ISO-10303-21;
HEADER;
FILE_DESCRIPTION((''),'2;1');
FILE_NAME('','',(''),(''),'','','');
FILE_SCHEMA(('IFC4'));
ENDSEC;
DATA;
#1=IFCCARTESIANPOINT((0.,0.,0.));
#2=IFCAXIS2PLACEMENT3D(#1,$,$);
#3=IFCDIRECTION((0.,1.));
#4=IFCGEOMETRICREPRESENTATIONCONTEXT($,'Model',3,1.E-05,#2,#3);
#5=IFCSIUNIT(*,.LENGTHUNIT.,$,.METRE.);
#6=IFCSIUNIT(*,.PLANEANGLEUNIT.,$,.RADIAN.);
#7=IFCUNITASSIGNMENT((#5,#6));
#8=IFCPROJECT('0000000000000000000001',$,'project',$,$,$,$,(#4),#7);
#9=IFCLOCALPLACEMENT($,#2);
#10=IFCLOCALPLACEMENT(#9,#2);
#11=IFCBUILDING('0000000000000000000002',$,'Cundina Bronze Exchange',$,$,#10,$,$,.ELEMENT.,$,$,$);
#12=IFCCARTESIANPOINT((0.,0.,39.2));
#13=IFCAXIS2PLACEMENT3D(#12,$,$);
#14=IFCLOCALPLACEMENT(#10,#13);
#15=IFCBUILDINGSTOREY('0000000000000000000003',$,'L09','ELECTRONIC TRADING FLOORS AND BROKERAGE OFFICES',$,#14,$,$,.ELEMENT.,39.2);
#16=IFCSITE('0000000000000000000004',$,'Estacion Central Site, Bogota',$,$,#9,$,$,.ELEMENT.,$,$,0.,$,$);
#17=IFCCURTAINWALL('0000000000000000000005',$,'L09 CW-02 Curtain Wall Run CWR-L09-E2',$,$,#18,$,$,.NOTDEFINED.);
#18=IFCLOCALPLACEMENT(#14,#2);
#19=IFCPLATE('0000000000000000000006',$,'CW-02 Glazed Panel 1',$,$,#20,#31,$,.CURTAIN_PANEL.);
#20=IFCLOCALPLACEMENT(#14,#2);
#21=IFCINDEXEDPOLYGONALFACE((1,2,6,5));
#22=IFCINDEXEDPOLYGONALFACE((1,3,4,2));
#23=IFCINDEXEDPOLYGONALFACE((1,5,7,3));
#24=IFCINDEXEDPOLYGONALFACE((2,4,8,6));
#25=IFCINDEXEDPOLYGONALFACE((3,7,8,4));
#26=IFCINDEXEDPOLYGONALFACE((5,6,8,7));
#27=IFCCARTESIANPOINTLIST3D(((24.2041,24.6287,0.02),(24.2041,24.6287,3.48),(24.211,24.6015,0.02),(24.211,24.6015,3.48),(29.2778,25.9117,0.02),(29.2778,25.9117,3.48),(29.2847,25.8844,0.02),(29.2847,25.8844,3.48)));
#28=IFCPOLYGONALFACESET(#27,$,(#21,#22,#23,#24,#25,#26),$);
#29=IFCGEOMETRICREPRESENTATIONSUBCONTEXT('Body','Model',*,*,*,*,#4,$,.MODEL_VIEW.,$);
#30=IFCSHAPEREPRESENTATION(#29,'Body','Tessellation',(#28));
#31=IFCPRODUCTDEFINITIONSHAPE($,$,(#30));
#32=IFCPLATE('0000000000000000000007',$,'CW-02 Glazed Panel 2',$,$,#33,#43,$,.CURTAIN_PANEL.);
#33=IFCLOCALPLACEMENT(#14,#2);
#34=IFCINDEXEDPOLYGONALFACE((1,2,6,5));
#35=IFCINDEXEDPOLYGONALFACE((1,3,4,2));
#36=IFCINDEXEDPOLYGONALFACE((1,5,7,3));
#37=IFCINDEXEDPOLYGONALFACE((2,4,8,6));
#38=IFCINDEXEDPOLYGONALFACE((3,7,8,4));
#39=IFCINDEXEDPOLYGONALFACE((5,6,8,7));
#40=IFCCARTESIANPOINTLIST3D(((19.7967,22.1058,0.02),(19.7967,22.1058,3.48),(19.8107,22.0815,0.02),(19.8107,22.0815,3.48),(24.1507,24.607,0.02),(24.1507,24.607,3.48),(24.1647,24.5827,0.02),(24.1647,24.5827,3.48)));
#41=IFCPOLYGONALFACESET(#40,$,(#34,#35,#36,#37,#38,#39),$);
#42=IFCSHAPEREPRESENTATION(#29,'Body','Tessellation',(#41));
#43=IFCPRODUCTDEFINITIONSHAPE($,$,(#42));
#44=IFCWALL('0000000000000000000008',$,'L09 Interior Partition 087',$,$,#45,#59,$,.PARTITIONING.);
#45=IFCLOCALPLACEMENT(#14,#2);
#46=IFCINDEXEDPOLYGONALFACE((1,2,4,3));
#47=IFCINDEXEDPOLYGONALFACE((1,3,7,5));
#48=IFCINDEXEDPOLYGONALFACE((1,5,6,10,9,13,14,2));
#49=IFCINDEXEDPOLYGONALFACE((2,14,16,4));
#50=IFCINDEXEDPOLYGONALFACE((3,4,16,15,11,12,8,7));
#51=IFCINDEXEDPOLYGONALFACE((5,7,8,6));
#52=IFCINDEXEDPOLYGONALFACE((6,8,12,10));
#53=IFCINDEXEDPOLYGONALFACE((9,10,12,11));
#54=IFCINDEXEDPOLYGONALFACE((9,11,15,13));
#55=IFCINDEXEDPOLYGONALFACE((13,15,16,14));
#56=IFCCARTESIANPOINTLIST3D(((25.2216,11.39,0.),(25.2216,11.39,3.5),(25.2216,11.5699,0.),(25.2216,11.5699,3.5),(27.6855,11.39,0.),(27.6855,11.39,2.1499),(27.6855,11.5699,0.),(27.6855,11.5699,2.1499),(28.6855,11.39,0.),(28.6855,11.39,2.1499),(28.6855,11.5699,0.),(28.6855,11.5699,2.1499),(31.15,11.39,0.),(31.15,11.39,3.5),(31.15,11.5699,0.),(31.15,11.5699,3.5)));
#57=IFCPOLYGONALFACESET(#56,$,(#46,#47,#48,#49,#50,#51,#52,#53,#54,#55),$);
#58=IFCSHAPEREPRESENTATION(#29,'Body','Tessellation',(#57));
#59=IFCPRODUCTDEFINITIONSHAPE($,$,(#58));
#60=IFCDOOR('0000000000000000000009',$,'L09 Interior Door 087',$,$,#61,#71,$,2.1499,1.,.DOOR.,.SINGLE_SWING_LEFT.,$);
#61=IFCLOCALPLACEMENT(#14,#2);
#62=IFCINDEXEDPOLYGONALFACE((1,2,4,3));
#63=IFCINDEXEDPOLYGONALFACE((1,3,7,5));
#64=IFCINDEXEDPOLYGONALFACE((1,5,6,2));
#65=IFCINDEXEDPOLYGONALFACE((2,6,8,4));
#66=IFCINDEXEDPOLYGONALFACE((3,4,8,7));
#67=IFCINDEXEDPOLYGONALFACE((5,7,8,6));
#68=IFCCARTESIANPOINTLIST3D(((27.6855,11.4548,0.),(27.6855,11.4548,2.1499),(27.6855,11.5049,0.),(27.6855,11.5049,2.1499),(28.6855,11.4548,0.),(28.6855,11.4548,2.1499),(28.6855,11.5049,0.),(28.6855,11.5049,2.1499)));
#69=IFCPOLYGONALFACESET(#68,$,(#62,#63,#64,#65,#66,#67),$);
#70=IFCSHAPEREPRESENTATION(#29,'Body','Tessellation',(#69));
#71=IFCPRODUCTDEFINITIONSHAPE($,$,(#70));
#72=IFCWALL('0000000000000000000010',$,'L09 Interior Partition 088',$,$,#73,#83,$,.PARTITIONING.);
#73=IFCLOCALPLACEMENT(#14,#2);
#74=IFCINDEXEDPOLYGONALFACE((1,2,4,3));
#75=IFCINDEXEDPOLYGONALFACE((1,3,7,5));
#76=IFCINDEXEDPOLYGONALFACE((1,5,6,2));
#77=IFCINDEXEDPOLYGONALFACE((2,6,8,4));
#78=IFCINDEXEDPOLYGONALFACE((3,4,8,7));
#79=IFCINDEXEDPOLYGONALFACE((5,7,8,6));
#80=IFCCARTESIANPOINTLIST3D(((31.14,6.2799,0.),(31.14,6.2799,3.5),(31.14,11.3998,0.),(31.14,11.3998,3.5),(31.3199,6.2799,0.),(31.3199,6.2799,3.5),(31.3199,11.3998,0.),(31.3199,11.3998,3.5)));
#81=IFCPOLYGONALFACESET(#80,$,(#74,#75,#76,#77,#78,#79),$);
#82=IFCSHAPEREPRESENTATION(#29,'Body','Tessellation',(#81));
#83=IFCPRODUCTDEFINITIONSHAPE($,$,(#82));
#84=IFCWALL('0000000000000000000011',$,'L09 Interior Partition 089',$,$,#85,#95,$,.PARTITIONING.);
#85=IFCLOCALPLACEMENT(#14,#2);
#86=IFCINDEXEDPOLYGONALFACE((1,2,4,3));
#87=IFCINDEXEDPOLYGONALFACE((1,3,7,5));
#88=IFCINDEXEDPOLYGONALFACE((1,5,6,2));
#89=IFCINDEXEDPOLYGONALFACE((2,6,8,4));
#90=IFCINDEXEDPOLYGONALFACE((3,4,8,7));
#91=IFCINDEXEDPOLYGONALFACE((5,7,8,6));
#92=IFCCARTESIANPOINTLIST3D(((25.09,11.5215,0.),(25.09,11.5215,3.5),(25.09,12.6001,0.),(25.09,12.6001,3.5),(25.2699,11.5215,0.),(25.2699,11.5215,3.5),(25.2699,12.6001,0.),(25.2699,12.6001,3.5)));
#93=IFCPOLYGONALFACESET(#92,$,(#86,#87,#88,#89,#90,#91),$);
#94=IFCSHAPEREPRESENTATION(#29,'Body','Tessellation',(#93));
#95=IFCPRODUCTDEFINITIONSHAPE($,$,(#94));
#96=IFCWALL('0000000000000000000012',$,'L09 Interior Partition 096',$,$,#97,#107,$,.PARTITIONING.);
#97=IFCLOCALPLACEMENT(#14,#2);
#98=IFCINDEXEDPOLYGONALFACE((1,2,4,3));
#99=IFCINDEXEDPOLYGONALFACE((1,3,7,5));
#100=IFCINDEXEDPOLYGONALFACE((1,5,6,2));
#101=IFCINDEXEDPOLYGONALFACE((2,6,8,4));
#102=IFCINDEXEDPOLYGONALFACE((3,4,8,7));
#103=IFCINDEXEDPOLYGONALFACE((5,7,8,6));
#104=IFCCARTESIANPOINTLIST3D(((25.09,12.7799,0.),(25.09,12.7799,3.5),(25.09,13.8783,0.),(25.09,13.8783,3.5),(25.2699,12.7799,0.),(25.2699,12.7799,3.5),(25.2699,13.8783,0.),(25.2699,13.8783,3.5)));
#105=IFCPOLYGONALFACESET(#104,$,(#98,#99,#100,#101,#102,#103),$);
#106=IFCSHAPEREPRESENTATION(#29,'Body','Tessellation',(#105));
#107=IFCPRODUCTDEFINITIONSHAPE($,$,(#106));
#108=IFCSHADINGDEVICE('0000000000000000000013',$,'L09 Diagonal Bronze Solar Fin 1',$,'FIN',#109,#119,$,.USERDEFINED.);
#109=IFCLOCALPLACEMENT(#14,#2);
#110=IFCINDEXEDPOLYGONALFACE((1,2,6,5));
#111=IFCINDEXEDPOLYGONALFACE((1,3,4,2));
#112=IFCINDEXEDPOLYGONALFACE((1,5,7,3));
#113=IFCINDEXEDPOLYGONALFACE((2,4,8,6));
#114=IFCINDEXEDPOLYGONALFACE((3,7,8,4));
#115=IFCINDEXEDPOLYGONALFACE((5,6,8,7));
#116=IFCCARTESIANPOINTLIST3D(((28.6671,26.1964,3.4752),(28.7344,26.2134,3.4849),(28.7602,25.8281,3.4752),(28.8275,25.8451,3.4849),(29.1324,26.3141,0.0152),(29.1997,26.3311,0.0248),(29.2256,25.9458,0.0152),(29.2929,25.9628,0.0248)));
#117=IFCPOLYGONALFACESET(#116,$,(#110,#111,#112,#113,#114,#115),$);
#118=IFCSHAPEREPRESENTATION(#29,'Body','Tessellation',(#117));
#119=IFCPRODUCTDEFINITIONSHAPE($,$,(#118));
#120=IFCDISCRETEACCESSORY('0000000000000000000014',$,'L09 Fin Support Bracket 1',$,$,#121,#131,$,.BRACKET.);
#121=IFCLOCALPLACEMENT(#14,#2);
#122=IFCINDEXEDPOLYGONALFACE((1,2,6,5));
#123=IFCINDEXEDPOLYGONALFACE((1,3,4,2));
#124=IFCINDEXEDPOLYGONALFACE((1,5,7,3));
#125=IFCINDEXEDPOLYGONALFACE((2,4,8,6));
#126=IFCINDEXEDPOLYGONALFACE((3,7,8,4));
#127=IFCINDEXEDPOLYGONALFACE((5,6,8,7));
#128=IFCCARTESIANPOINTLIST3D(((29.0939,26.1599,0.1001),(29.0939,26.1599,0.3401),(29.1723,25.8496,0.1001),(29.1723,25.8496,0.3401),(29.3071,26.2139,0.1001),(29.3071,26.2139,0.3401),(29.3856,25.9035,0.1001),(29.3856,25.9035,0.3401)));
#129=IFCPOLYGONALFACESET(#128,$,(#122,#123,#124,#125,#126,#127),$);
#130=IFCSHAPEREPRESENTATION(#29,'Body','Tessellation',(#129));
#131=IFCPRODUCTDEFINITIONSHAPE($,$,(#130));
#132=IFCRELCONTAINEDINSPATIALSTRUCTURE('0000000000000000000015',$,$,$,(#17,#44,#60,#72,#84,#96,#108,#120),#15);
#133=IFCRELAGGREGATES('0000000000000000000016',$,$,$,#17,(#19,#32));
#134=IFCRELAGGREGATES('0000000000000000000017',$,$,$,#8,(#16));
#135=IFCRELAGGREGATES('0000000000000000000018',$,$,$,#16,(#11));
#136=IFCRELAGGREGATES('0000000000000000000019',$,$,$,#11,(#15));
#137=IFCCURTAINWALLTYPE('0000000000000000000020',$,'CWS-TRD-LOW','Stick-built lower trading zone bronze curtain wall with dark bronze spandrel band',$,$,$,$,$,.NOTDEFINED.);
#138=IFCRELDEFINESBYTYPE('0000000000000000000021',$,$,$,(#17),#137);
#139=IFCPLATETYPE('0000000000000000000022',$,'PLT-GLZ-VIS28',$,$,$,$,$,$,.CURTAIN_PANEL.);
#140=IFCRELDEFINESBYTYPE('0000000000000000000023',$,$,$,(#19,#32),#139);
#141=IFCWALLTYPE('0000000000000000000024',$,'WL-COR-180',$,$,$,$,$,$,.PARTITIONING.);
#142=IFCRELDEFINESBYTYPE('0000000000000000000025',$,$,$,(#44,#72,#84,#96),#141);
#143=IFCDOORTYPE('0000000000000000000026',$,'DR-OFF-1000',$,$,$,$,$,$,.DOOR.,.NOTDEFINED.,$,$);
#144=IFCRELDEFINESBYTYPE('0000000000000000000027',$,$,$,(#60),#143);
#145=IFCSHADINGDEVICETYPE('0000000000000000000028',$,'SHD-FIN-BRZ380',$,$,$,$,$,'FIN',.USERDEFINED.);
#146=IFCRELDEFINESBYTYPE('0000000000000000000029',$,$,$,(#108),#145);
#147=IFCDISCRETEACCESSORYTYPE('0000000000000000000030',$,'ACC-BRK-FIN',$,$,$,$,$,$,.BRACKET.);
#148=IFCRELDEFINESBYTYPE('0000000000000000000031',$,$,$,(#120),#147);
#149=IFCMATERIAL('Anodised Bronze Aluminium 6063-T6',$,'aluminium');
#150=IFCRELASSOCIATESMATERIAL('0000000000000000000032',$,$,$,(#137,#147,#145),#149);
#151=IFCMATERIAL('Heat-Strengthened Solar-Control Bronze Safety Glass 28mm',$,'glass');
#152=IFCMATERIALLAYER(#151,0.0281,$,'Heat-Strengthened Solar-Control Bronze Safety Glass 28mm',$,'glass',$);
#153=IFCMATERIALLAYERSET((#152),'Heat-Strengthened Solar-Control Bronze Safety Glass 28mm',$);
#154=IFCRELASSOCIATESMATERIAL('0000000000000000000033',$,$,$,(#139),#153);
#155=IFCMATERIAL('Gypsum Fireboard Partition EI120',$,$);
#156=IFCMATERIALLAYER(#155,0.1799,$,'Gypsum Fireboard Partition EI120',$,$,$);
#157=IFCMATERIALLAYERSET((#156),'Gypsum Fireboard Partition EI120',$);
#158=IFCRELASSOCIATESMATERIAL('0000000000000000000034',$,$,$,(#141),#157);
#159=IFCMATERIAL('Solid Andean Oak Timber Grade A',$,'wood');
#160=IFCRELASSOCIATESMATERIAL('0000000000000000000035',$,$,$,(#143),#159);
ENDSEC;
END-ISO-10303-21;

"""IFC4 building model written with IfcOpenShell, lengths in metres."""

from ifc_helpers import new_model, si_unit, direction, frame, frame_2d, origin, origin_2d, place, context, subcontext, project, spatial, rectangle, extrude, material, layer, layer_set, material_profile, profile_set, type_object, element, fill, aggregate, save


model = new_model("IFC4")

# Units and contexts
model_context = context("Model", 3, precision=1e-05, world=origin(), true_north=direction((0.0, 1.0)))
body_context = subcontext(model_context, "Body", "Model", "MODEL_VIEW")
ifc_project = project(units=[si_unit("LENGTHUNIT", "METRE"), si_unit("PLANEANGLEUNIT", "RADIAN")], contexts=[model_context])

# Site, building, storey
site_placement = place(None, origin())
site = spatial("IfcSite", under=ifc_project, at=site_placement, Name="Estacion Central Site, Bogota", CompositionType="ELEMENT", RefElevation=0.0)
building_placement = place(site_placement, origin())
building = spatial("IfcBuilding", under=site, at=building_placement, Name="Cundina Bronze Exchange", CompositionType="ELEMENT")
storey_placement = place(building_placement, frame((0.0, 0.0, 39.2)))
storey = spatial("IfcBuildingStorey", under=building, at=storey_placement, Name="L09", Description="ELECTRONIC TRADING FLOORS AND BROKERAGE OFFICES", CompositionType="ELEMENT", Elevation=39.2)

# Shared definitions
ifc_material_1 = material(Name="Anodised Bronze Aluminium 6063-T6", Category="aluminium")
curtain_wall_type = type_object("IfcCurtainWallType", Name="CWS-TRD-LOW", Description="Stick-built lower trading zone bronze curtain wall with dark bronze spandrel band", PredefinedType="NOTDEFINED", material=ifc_material_1)

# Curtain wall, plates
curtain_wall_1_placement = place(storey_placement, origin())
curtain_wall_1 = element("IfcCurtainWall", 1, at=curtain_wall_1_placement, inside=storey, type_object=curtain_wall_type, Name="L09 CW-02 Curtain Wall Run CWR-L09-E2", PredefinedType="NOTDEFINED")
ifc_material_2 = material(Name="Heat-Strengthened Solar-Control Bronze Safety Glass 28mm", Category="glass")
ifc_layer_1 = layer(ifc_material_2, 0.0281, Name="Heat-Strengthened Solar-Control Bronze Safety Glass 28mm", Category="glass")
ifc_layer_set_1 = layer_set([ifc_layer_1], Name="Heat-Strengthened Solar-Control Bronze Safety Glass 28mm")
plate_type = type_object("IfcPlateType", Name="PLT-GLZ-VIS28", PredefinedType="CURTAIN_PANEL", material=ifc_layer_set_1)
plate_1_placement = place(storey_placement, frame((26.7444, 25.2566, 0.02), z_axis=(0.0, 0.0, 1.0), x_axis=(-0.969488, -0.245138, 0.0)))
plate_1 = element("IfcPlate", 2, at=plate_1_placement, type_object=plate_type, Name="CW-02 Glazed Panel 1", PredefinedType="CURTAIN_PANEL", context=body_context, shape_type="SweptSolid", body=[
    extrude(rectangle(XDim=5.2334, YDim=0.0281, at=origin_2d()), origin(), (0.0, 0.0, 1.0), 3.46),
])
plate_2_placement = place(storey_placement, frame((21.9807, 23.3442, 0.02), z_axis=(0.0, 0.0, 1.0), x_axis=(-0.867105, -0.498125, 0.0)))
plate_2 = element("IfcPlate", 3, at=plate_2_placement, type_object=plate_type, Name="CW-02 Glazed Panel 2", PredefinedType="CURTAIN_PANEL", context=body_context, shape_type="SweptSolid", body=[
    extrude(rectangle(XDim=5.0212, YDim=0.0281, at=origin_2d()), origin(), (0.0, 0.0, 1.0), 3.46),
])
aggregate(curtain_wall_1, [plate_1, plate_2])

# Wall, opening, door
ifc_material_3 = material(Name="Gypsum Fireboard Partition EI120")
ifc_layer_2 = layer(ifc_material_3, 0.1799, Name="Gypsum Fireboard Partition EI120")
ifc_layer_set_2 = layer_set([ifc_layer_2], Name="Gypsum Fireboard Partition EI120")
wall_type = type_object("IfcWallType", Name="WL-COR-180", PredefinedType="PARTITIONING", material=ifc_layer_set_2)
wall_1_placement = place(storey_placement, frame((25.2214, 11.48, 0.0), z_axis=(0.0, 0.0, 1.0), x_axis=(1.0, 0.0, 0.0)))
wall_1 = element("IfcWall", 4, at=wall_1_placement, inside=storey, type_object=wall_type, Name="L09 Interior Partition 087", PredefinedType="PARTITIONING", context=body_context, shape_type="SweptSolid", body=[
    extrude(rectangle(XDim=5.9285, YDim=0.1799, at=frame_2d((2.9644, 0.0))), origin(), (0.0, 0.0, 1.0), 3.5),
])
opening_placement = place(wall_1_placement, frame((2.4641, 0.0, 0.0)))
opening = element("IfcOpeningElement", 5, at=opening_placement, cuts=wall_1, PredefinedType="OPENING", context=body_context, shape_type="SweptSolid", body=[
    extrude(rectangle(XDim=1.0, YDim=2.1499, at=frame_2d((0.5, 1.075))), frame((0.0, 0.0999, 0.0), z_axis=(0.0, -1.0, 0.0), x_axis=(1.0, 0.0, 0.0)), (0.0, 0.0, 1.0), 0.2),
])
ifc_material_4 = material(Name="Solid Andean Oak Timber Grade A", Category="wood")
door_type = type_object("IfcDoorType", Name="DR-OFF-1000", OperationType="NOTDEFINED", PredefinedType="DOOR", material=ifc_material_4)
door_placement = place(opening_placement, origin())
door = element("IfcDoor", 6, at=door_placement, inside=storey, type_object=door_type, Name="L09 Interior Door 087", OperationType="SINGLE_SWING_LEFT", OverallHeight=2.1499, OverallWidth=1.0, PredefinedType="DOOR", context=body_context, shape_type="SweptSolid", body=[
    extrude(rectangle(XDim=1.0, YDim=2.1499, at=frame_2d((0.5, 1.075))), frame((0.0, 0.0249, 0.0), z_axis=(0.0, -1.0, 0.0), x_axis=(1.0, 0.0, 0.0)), (0.0, 0.0, 1.0), 0.05),
])
fill(opening, door)

# Walls
wall_2_placement = place(storey_placement, frame((31.23, 11.3999, 0.0), z_axis=(0.0, 0.0, 1.0), x_axis=(0.0, -1.0, 0.0)))
element("IfcWall", 7, at=wall_2_placement, inside=storey, type_object=wall_type, Name="L09 Interior Partition 088", PredefinedType="PARTITIONING", context=body_context, shape_type="SweptSolid", body=[
    extrude(rectangle(XDim=5.1199, YDim=0.1799, at=frame_2d((2.5601, 0.0))), origin(), (0.0, 0.0, 1.0), 3.5),
])
wall_3_placement = place(storey_placement, frame((25.1799, 12.6001, 0.0), z_axis=(0.0, 0.0, 1.0), x_axis=(0.0, -1.0, 0.0)))
element("IfcWall", 8, at=wall_3_placement, inside=storey, type_object=wall_type, Name="L09 Interior Partition 089", PredefinedType="PARTITIONING", context=body_context, shape_type="SweptSolid", body=[
    extrude(rectangle(XDim=1.0786, YDim=0.1799, at=frame_2d((0.5393, 0.0))), origin(), (0.0, 0.0, 1.0), 3.5),
])
wall_4_placement = place(storey_placement, frame((25.1799, 13.8784, 0.0), z_axis=(0.0, 0.0, 1.0), x_axis=(0.0, -1.0, 0.0)))
element("IfcWall", 9, at=wall_4_placement, inside=storey, type_object=wall_type, Name="L09 Interior Partition 096", PredefinedType="PARTITIONING", context=body_context, shape_type="SweptSolid", body=[
    extrude(rectangle(XDim=1.0984, YDim=0.1799, at=frame_2d((0.5493, 0.0))), origin(), (0.0, 0.0, 1.0), 3.5),
])

# Shading device
ifc_material_profile_1 = material_profile(ifc_material_1, rectangle(XDim=0.0701, YDim=0.3799, at=origin_2d()), Name="FIN70X380", Category="aluminium")
ifc_profile_set_1 = profile_set([ifc_material_profile_1], Name="Anodised Bronze Aluminium 6063-T6")
shading_device_type = type_object("IfcShadingDeviceType", Name="SHD-FIN-BRZ380", ElementType="FIN", PredefinedType="USERDEFINED", material=ifc_profile_set_1)
shading_device_placement = place(storey_placement, frame((29.2126, 26.1384, 0.02), z_axis=(-0.133215, -0.033688, 0.990514), x_axis=(0.960285, 0.242842, 0.137408)))
element("IfcShadingDevice", 10, at=shading_device_placement, inside=storey, type_object=shading_device_type, Name="L09 Diagonal Bronze Solar Fin 1", ObjectType="FIN", PredefinedType="USERDEFINED", context=body_context, shape_type="SweptSolid", body=[
    extrude(rectangle(XDim=0.0701, YDim=0.3799, at=origin_2d()), origin(), (0.0, 0.0, 1.0), 3.4932),
])

# Discrete accessory
discrete_accessory_type = type_object("IfcDiscreteAccessoryType", Name="ACC-BRK-FIN", PredefinedType="BRACKET", material=ifc_material_1)
discrete_accessory_placement = place(storey_placement, frame((29.2397, 26.0317, 0.1001), z_axis=(0.0, 0.0, 1.0), x_axis=(-0.969488, -0.245138, 0.0)))
element("IfcDiscreteAccessory", 11, at=discrete_accessory_placement, inside=storey, type_object=discrete_accessory_type, Name="L09 Fin Support Bracket 1", PredefinedType="BRACKET", context=body_context, shape_type="SweptSolid", body=[
    extrude(rectangle(XDim=0.22, YDim=0.3201, at=origin_2d()), origin(), (0.0, 0.0, 1.0), 0.24),
])

save(model, "model.ifc")
